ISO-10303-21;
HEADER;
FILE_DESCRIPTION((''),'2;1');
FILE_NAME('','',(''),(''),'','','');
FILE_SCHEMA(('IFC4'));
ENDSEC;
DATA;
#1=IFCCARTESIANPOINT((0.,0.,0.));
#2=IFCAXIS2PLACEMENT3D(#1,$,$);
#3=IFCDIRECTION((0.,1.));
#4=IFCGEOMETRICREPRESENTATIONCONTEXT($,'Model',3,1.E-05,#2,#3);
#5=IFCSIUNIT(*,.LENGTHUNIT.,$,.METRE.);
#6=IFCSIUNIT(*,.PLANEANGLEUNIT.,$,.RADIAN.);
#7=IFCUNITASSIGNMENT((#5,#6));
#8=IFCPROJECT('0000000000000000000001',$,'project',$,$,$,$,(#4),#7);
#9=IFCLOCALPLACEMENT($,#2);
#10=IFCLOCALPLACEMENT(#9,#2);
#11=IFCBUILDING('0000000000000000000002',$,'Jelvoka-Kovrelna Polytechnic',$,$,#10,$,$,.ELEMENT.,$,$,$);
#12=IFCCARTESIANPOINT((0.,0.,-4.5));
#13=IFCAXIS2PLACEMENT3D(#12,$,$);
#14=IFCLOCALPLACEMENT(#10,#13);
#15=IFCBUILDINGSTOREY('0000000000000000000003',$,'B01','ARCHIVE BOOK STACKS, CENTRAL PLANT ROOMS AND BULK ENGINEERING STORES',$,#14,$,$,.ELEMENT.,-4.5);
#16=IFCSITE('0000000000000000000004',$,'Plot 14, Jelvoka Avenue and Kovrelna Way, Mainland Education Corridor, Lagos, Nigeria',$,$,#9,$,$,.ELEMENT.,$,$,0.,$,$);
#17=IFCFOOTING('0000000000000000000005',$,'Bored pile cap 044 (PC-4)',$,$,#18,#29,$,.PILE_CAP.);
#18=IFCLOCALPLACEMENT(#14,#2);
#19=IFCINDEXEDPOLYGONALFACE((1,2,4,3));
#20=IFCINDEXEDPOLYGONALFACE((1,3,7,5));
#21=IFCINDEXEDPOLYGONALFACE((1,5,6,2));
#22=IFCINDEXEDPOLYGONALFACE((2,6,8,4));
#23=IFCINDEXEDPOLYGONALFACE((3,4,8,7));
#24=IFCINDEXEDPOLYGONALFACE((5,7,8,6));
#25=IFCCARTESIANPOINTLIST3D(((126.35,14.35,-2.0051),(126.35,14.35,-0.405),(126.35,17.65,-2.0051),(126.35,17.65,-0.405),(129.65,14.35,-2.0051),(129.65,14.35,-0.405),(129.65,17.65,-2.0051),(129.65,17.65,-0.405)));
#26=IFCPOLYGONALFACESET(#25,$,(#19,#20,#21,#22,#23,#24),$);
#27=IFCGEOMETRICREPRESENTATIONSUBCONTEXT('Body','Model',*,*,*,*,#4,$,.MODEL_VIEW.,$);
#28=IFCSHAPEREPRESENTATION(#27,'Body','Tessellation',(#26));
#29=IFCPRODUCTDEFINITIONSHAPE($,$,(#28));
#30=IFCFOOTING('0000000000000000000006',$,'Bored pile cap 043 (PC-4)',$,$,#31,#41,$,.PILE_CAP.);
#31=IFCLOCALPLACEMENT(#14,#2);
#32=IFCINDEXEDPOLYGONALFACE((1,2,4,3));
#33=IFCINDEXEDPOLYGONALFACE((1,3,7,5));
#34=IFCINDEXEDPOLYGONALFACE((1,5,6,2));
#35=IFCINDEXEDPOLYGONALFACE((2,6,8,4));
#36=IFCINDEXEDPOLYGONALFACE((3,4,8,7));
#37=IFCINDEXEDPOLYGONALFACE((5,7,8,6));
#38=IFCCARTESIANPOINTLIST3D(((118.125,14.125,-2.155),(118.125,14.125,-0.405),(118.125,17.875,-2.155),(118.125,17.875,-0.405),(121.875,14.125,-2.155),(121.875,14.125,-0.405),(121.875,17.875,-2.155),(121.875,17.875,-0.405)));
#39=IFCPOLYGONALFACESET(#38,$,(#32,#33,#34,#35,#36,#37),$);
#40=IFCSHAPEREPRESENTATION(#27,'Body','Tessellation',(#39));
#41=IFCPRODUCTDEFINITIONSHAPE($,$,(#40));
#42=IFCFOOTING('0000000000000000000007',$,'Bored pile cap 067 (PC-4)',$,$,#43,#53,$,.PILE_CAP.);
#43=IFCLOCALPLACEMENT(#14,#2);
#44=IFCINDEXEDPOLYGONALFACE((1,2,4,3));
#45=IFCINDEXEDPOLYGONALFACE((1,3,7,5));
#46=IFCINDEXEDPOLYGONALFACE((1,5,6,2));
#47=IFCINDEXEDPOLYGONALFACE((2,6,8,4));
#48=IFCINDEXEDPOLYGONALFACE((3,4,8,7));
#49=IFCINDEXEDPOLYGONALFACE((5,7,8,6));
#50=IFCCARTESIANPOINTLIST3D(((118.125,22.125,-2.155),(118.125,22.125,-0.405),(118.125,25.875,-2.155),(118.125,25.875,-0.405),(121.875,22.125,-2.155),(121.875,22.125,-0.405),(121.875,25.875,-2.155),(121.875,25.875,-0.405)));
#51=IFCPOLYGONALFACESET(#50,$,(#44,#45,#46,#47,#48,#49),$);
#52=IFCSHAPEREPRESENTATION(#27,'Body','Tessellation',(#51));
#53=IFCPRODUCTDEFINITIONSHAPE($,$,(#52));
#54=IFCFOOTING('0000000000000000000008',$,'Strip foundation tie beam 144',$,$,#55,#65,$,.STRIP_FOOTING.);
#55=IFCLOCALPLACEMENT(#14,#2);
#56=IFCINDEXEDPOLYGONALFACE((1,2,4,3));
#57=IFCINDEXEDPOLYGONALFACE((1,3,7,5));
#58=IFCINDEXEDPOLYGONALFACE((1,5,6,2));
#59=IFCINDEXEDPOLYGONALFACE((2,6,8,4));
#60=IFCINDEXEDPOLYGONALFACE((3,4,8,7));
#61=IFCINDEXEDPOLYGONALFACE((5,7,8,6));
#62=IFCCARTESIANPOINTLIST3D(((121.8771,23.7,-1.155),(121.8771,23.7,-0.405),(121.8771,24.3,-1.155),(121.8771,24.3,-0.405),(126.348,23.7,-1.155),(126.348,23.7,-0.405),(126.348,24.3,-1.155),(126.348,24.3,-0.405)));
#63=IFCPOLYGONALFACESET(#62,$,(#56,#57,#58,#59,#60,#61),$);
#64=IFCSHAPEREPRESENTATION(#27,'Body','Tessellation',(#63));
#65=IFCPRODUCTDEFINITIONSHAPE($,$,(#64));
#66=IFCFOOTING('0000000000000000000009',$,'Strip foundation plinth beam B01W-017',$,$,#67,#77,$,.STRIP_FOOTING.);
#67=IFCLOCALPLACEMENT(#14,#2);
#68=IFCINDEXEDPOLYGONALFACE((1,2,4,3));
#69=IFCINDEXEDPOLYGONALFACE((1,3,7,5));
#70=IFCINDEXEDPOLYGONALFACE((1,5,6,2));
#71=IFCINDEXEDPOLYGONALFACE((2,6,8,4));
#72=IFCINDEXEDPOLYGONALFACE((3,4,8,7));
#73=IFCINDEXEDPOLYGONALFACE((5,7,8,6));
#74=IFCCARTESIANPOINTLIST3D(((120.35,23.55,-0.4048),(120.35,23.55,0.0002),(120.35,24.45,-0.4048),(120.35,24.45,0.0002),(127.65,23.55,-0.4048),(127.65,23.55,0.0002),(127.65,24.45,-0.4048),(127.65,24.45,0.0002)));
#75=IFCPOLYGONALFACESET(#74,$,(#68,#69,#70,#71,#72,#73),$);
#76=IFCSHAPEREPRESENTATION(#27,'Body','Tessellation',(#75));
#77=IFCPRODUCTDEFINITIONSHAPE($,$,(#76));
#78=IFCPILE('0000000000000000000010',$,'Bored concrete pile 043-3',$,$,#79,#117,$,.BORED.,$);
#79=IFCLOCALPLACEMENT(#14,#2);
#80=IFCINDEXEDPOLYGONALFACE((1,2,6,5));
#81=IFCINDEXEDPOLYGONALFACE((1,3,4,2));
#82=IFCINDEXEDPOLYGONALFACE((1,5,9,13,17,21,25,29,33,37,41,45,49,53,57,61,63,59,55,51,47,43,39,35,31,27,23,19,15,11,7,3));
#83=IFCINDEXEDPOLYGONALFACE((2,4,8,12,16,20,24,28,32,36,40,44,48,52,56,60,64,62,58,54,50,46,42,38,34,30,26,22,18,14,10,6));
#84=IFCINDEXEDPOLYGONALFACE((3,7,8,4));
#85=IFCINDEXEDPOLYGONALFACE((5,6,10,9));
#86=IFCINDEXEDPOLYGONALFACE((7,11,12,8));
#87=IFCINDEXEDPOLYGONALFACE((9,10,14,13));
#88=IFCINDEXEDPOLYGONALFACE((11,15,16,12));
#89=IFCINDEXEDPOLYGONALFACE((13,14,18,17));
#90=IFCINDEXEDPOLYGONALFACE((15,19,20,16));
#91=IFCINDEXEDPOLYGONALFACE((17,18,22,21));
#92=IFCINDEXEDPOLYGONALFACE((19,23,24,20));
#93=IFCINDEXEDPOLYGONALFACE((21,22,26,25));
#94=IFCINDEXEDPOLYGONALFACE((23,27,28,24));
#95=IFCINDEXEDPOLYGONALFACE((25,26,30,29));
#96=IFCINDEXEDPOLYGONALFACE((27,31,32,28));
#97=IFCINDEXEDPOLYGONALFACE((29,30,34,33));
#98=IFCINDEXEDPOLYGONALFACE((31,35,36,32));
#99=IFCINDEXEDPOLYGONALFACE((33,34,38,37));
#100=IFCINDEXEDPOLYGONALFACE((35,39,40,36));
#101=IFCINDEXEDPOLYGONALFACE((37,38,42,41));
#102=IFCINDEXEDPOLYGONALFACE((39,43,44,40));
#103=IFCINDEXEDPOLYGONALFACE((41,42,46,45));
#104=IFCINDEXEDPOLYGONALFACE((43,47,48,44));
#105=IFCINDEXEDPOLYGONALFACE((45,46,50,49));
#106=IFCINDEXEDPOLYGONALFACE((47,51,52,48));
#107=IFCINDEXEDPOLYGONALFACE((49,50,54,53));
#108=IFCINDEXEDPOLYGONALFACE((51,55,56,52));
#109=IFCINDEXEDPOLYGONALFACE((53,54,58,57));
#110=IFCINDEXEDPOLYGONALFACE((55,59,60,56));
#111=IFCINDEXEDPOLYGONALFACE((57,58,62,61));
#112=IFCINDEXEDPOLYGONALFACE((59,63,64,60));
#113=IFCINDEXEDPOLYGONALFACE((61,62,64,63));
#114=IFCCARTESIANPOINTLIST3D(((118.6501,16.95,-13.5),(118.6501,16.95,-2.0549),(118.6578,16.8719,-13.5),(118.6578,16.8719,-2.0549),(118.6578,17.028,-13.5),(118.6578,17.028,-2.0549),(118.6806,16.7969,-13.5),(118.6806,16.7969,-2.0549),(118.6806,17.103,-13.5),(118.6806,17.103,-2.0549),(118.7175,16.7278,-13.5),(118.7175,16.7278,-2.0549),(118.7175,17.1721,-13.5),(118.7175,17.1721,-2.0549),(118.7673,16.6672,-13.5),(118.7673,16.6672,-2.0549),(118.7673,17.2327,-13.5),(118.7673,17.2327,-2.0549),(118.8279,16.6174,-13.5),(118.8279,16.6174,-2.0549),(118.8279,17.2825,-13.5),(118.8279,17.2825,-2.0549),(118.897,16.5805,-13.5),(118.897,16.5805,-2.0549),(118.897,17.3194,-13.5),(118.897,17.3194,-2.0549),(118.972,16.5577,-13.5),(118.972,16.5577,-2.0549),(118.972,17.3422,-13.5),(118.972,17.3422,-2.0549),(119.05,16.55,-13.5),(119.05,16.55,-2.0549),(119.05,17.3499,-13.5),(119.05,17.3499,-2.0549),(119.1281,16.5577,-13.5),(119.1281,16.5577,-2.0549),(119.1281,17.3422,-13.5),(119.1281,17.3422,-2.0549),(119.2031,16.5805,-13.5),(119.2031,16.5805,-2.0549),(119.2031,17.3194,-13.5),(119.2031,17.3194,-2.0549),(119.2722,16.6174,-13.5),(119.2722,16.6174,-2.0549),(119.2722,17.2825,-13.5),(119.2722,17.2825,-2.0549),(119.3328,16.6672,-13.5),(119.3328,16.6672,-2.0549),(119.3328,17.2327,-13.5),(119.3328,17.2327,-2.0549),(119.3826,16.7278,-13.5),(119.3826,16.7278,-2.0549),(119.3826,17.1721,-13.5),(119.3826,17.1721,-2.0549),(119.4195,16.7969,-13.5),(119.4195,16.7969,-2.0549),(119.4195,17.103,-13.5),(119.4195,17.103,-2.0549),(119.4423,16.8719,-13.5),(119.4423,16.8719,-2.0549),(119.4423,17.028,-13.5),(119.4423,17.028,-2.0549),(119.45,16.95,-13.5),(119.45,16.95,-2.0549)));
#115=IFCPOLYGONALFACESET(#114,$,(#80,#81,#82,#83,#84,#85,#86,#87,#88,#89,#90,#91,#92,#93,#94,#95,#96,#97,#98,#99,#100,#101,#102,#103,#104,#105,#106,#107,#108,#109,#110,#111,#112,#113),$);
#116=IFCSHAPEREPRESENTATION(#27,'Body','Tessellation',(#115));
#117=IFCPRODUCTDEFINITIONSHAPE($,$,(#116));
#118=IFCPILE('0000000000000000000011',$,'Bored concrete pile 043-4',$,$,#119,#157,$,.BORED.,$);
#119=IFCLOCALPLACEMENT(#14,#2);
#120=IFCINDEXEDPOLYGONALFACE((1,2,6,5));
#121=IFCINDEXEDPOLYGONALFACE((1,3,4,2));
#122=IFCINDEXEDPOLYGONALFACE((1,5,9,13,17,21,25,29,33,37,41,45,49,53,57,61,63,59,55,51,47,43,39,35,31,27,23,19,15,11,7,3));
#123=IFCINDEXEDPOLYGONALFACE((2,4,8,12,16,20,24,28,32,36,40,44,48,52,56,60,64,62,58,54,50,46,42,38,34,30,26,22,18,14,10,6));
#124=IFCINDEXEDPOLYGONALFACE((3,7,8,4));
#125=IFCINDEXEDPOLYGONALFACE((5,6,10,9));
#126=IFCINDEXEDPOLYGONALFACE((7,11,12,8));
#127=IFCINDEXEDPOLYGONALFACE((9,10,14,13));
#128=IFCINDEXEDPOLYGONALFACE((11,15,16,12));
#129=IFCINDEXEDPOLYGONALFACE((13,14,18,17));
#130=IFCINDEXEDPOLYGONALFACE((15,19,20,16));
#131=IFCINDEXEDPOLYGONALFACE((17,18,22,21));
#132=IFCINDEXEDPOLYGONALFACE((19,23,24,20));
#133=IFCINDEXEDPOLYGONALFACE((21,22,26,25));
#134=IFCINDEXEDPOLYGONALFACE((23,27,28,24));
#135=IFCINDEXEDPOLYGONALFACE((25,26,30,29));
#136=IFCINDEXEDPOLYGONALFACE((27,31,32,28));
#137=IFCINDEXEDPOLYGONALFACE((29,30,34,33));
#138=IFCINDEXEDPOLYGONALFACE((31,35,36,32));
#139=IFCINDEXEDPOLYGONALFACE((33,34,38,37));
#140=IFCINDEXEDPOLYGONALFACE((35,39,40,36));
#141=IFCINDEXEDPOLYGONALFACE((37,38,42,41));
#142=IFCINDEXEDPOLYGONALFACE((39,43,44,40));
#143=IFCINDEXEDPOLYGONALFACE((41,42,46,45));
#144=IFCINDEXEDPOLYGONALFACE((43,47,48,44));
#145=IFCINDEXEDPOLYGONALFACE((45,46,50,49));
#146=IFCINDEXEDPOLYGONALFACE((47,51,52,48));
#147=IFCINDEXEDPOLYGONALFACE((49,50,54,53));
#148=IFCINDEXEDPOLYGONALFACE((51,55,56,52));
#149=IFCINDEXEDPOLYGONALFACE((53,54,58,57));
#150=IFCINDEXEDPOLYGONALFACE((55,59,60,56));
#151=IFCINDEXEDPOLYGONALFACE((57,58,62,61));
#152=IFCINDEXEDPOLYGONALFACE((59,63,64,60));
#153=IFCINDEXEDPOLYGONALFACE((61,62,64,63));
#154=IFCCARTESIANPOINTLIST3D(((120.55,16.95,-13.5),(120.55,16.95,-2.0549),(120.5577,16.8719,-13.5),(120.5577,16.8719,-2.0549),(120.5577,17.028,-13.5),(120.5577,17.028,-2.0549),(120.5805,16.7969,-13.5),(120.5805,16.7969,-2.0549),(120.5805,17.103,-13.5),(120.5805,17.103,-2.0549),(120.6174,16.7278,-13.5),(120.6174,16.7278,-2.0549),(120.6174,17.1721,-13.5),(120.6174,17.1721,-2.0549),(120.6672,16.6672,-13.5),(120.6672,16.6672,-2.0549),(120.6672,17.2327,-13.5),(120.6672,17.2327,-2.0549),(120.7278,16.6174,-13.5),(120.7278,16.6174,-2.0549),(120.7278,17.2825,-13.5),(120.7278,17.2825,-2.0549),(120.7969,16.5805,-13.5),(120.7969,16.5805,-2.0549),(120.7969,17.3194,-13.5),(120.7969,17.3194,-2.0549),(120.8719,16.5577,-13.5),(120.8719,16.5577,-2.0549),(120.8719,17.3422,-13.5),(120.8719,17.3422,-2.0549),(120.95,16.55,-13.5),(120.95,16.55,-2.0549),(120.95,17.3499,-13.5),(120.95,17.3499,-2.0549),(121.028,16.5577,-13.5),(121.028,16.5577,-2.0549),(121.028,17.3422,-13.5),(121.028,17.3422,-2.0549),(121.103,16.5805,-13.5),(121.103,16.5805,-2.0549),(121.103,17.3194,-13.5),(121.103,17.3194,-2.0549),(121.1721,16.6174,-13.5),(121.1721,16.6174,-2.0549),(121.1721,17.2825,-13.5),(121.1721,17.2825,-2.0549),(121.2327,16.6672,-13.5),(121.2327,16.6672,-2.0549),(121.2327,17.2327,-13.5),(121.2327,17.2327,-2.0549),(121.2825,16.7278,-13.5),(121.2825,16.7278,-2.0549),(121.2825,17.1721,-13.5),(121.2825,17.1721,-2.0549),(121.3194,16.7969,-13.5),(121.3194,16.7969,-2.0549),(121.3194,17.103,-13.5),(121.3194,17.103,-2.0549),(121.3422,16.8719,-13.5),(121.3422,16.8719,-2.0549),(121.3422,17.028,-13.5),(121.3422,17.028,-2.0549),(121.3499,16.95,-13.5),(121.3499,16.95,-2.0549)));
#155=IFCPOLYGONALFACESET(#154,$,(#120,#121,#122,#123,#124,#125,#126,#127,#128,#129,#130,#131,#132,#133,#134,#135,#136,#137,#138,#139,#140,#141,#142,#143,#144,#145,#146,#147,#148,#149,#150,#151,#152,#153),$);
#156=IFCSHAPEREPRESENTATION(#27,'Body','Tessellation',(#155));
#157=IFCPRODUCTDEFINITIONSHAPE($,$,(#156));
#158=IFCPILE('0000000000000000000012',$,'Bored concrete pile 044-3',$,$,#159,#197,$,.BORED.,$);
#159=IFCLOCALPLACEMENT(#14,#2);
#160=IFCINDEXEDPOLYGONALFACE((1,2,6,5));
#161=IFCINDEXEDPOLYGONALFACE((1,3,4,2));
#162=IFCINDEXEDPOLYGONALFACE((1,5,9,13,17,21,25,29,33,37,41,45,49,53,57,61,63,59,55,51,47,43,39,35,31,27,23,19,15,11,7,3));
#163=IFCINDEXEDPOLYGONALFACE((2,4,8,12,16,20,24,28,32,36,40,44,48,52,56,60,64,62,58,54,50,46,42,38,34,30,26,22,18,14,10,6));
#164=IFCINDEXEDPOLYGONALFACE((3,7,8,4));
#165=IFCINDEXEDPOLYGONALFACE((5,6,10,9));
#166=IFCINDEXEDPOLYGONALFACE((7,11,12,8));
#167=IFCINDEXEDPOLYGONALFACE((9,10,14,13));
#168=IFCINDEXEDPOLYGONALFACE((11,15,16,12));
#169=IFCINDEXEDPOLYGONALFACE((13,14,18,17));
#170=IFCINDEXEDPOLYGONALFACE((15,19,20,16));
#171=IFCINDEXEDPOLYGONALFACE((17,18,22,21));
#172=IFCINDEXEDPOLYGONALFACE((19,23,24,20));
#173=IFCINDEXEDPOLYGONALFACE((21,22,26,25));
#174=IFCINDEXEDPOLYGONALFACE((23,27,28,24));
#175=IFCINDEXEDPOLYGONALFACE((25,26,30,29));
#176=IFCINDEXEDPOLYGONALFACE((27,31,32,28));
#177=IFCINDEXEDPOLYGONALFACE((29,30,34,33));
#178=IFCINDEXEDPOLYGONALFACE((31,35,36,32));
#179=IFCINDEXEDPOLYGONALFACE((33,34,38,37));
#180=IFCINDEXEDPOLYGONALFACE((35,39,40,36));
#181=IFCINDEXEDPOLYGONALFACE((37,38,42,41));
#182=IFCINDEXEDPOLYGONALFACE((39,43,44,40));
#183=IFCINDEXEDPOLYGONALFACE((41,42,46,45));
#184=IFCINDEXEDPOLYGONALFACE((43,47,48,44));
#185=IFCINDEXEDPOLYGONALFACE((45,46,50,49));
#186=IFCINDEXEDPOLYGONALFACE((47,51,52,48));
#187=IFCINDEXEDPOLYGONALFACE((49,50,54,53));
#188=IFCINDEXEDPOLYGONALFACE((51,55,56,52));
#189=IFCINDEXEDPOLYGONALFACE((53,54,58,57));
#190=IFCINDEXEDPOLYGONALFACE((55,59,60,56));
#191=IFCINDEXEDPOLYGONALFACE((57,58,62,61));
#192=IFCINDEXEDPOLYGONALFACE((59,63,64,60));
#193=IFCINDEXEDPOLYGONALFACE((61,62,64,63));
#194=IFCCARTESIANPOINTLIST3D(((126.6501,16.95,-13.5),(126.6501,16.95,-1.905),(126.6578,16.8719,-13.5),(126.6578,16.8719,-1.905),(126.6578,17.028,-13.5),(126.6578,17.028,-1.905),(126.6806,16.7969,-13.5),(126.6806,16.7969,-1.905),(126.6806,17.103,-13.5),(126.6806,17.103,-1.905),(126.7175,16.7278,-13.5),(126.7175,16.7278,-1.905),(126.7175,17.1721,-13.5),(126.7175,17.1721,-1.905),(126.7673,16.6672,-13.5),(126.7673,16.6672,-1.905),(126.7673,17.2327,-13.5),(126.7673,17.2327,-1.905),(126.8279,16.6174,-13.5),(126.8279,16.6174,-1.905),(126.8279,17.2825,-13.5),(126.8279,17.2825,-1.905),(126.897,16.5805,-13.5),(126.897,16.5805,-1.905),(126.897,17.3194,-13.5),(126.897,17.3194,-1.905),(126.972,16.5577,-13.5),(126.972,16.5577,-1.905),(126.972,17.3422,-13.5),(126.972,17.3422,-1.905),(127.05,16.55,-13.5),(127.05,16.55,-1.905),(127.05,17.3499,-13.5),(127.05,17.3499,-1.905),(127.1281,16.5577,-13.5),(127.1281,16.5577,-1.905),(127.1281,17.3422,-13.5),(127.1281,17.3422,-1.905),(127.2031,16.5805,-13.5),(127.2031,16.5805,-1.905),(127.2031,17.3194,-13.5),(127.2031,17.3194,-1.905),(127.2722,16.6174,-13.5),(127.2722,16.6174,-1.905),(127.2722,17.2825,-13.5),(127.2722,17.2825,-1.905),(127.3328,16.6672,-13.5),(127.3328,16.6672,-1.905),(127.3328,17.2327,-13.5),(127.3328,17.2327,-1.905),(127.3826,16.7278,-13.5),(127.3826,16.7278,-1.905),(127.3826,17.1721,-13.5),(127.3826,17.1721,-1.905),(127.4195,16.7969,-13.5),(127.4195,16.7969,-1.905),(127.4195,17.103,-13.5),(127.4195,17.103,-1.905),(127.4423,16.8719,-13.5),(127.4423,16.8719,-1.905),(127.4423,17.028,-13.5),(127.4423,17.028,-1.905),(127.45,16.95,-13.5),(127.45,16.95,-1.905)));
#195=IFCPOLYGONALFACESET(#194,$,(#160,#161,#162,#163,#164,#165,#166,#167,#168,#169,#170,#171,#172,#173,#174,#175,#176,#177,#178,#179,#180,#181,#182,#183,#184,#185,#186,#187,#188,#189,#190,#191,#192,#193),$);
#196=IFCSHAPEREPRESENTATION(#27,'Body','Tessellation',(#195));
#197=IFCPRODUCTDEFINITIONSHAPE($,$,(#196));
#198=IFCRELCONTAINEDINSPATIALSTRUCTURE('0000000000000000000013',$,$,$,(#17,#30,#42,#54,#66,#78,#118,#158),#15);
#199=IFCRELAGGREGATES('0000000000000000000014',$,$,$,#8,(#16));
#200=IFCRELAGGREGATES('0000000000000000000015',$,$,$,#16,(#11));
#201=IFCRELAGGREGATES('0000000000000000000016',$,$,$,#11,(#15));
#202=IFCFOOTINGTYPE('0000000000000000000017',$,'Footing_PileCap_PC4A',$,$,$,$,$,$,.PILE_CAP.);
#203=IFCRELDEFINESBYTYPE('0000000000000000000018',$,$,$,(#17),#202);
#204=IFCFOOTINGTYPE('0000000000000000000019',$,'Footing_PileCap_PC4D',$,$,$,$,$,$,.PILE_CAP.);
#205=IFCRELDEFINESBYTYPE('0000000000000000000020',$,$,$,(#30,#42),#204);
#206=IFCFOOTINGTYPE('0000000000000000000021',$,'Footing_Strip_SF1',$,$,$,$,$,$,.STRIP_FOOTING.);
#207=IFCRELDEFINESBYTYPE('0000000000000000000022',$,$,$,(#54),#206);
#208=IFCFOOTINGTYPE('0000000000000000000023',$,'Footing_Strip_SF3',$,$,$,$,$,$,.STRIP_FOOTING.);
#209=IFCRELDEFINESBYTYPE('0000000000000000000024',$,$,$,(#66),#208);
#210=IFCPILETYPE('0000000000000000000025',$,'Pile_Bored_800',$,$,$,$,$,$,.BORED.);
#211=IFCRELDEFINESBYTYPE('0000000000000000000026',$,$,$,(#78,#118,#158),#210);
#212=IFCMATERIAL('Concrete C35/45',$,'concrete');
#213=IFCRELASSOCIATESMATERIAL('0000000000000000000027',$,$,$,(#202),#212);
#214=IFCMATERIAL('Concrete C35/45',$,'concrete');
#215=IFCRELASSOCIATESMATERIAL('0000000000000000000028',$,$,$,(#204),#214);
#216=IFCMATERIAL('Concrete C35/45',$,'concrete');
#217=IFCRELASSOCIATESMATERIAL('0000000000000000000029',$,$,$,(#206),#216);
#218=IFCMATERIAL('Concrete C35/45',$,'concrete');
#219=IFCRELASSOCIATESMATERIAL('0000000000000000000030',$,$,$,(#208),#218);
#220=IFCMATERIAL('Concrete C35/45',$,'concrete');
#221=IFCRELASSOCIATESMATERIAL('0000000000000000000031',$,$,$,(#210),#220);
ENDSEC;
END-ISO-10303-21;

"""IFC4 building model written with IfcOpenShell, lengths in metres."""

from ifc_helpers import new_model, si_unit, direction, frame, origin, origin_2d, place, context, subcontext, project, spatial, rectangle, circle, extrude, material, material_profile, profile_set, type_object, element, save


model = new_model("IFC4")

# Units and contexts
model_context = context("Model", 3, precision=1e-05, world=origin(), true_north=direction((0.0, 1.0)))
body_context = subcontext(model_context, "Body", "Model", "MODEL_VIEW")
ifc_project = project(units=[si_unit("LENGTHUNIT", "METRE"), si_unit("PLANEANGLEUNIT", "RADIAN")], contexts=[model_context])

# Site, building, storey
site_placement = place(None, origin())
site = spatial("IfcSite", under=ifc_project, at=site_placement, Name="Plot 14, Jelvoka Avenue and Kovrelna Way, Mainland Education Corridor, Lagos, Nigeria", CompositionType="ELEMENT", RefElevation=0.0)
building_placement = place(site_placement, origin())
building = spatial("IfcBuilding", under=site, at=building_placement, Name="Jelvoka-Kovrelna Polytechnic", CompositionType="ELEMENT")
storey_placement = place(building_placement, frame((0.0, 0.0, -4.5)))
storey = spatial("IfcBuildingStorey", under=building, at=storey_placement, Name="B01", Description="ARCHIVE BOOK STACKS, CENTRAL PLANT ROOMS AND BULK ENGINEERING STORES", CompositionType="ELEMENT", Elevation=-4.5)

# Footings
ifc_material_1 = material(Name="Concrete C35/45", Category="concrete")
footing_type_1 = type_object("IfcFootingType", Name="Footing_PileCap_PC4A", PredefinedType="PILE_CAP", material=ifc_material_1)
footing_1_placement = place(storey_placement, frame((128.0, 16.0, -2.0051), z_axis=(0.0, 0.0, 1.0), x_axis=(1.0, 0.0, 0.0)))
element("IfcFooting", 1, at=footing_1_placement, inside=storey, type_object=footing_type_1, Name="Bored pile cap 044 (PC-4)", PredefinedType="PILE_CAP", context=body_context, shape_type="SweptSolid", body=[
    extrude(rectangle(XDim=3.3, YDim=3.3, at=origin_2d()), origin(), (0.0, 0.0, 1.0), 1.6001),
])
ifc_material_2 = material(Name="Concrete C35/45", Category="concrete")
footing_type_2 = type_object("IfcFootingType", Name="Footing_PileCap_PC4D", PredefinedType="PILE_CAP", material=ifc_material_2)
for number, where, z_axis, x_axis, name in (
    (2, (120.0, 16.0, -2.155), (0.0, 0.0, 1.0), (1.0, 0.0, 0.0), "Bored pile cap 043 (PC-4)"),
    (3, (120.0, 24.0, -2.155), (0.0, 0.0, 1.0), (1.0, 0.0, 0.0), "Bored pile cap 067 (PC-4)"),
):
    element("IfcFooting", number, at=place(storey_placement, frame(where, z_axis=z_axis, x_axis=x_axis)), inside=storey, type_object=footing_type_2, Name=name, PredefinedType="PILE_CAP", context=body_context, shape_type="SweptSolid", body=[
        extrude(rectangle(XDim=3.75, YDim=3.75, at=origin_2d()), origin(), (0.0, 0.0, 1.0), 1.75),
    ])
ifc_material_3 = material(Name="Concrete C35/45", Category="concrete")
footing_type_3 = type_object("IfcFootingType", Name="Footing_Strip_SF1", PredefinedType="STRIP_FOOTING", material=ifc_material_3)
footing_2_placement = place(storey_placement, frame((124.1125, 24.0, -1.155), z_axis=(0.0, 0.0, 1.0), x_axis=(1.0, 0.0, 0.0)))
element("IfcFooting", 4, at=footing_2_placement, inside=storey, type_object=footing_type_3, Name="Strip foundation tie beam 144", PredefinedType="STRIP_FOOTING", context=body_context, shape_type="SweptSolid", body=[
    extrude(rectangle(XDim=4.4709, YDim=0.6001, at=origin_2d()), origin(), (0.0, 0.0, 1.0), 0.75),
])
ifc_material_4 = material(Name="Concrete C35/45", Category="concrete")
footing_type_4 = type_object("IfcFootingType", Name="Footing_Strip_SF3", PredefinedType="STRIP_FOOTING", material=ifc_material_4)
footing_3_placement = place(storey_placement, frame((124.0, 24.0, -0.4048), z_axis=(0.0, 0.0, 1.0), x_axis=(1.0, 0.0, 0.0)))
element("IfcFooting", 5, at=footing_3_placement, inside=storey, type_object=footing_type_4, Name="Strip foundation plinth beam B01W-017", PredefinedType="STRIP_FOOTING", context=body_context, shape_type="SweptSolid", body=[
    extrude(rectangle(XDim=7.3, YDim=0.8999, at=origin_2d()), origin(), (0.0, 0.0, 1.0), 0.405),
])

# Piles
ifc_material_5 = material(Name="Concrete C35/45", Category="concrete")
ifc_material_profile_1 = material_profile(ifc_material_5, circle(Radius=0.3999, at=origin_2d()), Name="PILE D800")
ifc_profile_set_1 = profile_set([ifc_material_profile_1], Name="Concrete C35/45")
pile_type = type_object("IfcPileType", Name="Pile_Bored_800", PredefinedType="BORED", material=ifc_profile_set_1)
for number, where, z_axis, x_axis, name in (
    (6, (119.05, 16.95, -2.0549), (0.0, 0.0, -1.0), (1.0, 0.0, 0.0), "Bored concrete pile 043-3"),
    (7, (120.95, 16.95, -2.0549), (0.0, 0.0, -1.0), (1.0, 0.0, 0.0), "Bored concrete pile 043-4"),
):
    element("IfcPile", number, at=place(storey_placement, frame(where, z_axis=z_axis, x_axis=x_axis)), inside=storey, type_object=pile_type, Name=name, PredefinedType="BORED", context=body_context, shape_type="SweptSolid", body=[
        extrude(circle(Radius=0.3999, at=origin_2d()), origin(), (0.0, 0.0, 1.0), 11.4451),
    ])
pile_placement = place(storey_placement, frame((127.05, 16.95, -1.905), z_axis=(0.0, 0.0, -1.0), x_axis=(1.0, 0.0, 0.0)))
element("IfcPile", 8, at=pile_placement, inside=storey, type_object=pile_type, Name="Bored concrete pile 044-3", PredefinedType="BORED", context=body_context, shape_type="SweptSolid", body=[
    extrude(circle(Radius=0.3999, at=origin_2d()), origin(), (0.0, 0.0, 1.0), 11.595),
])

save(model, "model.ifc")
